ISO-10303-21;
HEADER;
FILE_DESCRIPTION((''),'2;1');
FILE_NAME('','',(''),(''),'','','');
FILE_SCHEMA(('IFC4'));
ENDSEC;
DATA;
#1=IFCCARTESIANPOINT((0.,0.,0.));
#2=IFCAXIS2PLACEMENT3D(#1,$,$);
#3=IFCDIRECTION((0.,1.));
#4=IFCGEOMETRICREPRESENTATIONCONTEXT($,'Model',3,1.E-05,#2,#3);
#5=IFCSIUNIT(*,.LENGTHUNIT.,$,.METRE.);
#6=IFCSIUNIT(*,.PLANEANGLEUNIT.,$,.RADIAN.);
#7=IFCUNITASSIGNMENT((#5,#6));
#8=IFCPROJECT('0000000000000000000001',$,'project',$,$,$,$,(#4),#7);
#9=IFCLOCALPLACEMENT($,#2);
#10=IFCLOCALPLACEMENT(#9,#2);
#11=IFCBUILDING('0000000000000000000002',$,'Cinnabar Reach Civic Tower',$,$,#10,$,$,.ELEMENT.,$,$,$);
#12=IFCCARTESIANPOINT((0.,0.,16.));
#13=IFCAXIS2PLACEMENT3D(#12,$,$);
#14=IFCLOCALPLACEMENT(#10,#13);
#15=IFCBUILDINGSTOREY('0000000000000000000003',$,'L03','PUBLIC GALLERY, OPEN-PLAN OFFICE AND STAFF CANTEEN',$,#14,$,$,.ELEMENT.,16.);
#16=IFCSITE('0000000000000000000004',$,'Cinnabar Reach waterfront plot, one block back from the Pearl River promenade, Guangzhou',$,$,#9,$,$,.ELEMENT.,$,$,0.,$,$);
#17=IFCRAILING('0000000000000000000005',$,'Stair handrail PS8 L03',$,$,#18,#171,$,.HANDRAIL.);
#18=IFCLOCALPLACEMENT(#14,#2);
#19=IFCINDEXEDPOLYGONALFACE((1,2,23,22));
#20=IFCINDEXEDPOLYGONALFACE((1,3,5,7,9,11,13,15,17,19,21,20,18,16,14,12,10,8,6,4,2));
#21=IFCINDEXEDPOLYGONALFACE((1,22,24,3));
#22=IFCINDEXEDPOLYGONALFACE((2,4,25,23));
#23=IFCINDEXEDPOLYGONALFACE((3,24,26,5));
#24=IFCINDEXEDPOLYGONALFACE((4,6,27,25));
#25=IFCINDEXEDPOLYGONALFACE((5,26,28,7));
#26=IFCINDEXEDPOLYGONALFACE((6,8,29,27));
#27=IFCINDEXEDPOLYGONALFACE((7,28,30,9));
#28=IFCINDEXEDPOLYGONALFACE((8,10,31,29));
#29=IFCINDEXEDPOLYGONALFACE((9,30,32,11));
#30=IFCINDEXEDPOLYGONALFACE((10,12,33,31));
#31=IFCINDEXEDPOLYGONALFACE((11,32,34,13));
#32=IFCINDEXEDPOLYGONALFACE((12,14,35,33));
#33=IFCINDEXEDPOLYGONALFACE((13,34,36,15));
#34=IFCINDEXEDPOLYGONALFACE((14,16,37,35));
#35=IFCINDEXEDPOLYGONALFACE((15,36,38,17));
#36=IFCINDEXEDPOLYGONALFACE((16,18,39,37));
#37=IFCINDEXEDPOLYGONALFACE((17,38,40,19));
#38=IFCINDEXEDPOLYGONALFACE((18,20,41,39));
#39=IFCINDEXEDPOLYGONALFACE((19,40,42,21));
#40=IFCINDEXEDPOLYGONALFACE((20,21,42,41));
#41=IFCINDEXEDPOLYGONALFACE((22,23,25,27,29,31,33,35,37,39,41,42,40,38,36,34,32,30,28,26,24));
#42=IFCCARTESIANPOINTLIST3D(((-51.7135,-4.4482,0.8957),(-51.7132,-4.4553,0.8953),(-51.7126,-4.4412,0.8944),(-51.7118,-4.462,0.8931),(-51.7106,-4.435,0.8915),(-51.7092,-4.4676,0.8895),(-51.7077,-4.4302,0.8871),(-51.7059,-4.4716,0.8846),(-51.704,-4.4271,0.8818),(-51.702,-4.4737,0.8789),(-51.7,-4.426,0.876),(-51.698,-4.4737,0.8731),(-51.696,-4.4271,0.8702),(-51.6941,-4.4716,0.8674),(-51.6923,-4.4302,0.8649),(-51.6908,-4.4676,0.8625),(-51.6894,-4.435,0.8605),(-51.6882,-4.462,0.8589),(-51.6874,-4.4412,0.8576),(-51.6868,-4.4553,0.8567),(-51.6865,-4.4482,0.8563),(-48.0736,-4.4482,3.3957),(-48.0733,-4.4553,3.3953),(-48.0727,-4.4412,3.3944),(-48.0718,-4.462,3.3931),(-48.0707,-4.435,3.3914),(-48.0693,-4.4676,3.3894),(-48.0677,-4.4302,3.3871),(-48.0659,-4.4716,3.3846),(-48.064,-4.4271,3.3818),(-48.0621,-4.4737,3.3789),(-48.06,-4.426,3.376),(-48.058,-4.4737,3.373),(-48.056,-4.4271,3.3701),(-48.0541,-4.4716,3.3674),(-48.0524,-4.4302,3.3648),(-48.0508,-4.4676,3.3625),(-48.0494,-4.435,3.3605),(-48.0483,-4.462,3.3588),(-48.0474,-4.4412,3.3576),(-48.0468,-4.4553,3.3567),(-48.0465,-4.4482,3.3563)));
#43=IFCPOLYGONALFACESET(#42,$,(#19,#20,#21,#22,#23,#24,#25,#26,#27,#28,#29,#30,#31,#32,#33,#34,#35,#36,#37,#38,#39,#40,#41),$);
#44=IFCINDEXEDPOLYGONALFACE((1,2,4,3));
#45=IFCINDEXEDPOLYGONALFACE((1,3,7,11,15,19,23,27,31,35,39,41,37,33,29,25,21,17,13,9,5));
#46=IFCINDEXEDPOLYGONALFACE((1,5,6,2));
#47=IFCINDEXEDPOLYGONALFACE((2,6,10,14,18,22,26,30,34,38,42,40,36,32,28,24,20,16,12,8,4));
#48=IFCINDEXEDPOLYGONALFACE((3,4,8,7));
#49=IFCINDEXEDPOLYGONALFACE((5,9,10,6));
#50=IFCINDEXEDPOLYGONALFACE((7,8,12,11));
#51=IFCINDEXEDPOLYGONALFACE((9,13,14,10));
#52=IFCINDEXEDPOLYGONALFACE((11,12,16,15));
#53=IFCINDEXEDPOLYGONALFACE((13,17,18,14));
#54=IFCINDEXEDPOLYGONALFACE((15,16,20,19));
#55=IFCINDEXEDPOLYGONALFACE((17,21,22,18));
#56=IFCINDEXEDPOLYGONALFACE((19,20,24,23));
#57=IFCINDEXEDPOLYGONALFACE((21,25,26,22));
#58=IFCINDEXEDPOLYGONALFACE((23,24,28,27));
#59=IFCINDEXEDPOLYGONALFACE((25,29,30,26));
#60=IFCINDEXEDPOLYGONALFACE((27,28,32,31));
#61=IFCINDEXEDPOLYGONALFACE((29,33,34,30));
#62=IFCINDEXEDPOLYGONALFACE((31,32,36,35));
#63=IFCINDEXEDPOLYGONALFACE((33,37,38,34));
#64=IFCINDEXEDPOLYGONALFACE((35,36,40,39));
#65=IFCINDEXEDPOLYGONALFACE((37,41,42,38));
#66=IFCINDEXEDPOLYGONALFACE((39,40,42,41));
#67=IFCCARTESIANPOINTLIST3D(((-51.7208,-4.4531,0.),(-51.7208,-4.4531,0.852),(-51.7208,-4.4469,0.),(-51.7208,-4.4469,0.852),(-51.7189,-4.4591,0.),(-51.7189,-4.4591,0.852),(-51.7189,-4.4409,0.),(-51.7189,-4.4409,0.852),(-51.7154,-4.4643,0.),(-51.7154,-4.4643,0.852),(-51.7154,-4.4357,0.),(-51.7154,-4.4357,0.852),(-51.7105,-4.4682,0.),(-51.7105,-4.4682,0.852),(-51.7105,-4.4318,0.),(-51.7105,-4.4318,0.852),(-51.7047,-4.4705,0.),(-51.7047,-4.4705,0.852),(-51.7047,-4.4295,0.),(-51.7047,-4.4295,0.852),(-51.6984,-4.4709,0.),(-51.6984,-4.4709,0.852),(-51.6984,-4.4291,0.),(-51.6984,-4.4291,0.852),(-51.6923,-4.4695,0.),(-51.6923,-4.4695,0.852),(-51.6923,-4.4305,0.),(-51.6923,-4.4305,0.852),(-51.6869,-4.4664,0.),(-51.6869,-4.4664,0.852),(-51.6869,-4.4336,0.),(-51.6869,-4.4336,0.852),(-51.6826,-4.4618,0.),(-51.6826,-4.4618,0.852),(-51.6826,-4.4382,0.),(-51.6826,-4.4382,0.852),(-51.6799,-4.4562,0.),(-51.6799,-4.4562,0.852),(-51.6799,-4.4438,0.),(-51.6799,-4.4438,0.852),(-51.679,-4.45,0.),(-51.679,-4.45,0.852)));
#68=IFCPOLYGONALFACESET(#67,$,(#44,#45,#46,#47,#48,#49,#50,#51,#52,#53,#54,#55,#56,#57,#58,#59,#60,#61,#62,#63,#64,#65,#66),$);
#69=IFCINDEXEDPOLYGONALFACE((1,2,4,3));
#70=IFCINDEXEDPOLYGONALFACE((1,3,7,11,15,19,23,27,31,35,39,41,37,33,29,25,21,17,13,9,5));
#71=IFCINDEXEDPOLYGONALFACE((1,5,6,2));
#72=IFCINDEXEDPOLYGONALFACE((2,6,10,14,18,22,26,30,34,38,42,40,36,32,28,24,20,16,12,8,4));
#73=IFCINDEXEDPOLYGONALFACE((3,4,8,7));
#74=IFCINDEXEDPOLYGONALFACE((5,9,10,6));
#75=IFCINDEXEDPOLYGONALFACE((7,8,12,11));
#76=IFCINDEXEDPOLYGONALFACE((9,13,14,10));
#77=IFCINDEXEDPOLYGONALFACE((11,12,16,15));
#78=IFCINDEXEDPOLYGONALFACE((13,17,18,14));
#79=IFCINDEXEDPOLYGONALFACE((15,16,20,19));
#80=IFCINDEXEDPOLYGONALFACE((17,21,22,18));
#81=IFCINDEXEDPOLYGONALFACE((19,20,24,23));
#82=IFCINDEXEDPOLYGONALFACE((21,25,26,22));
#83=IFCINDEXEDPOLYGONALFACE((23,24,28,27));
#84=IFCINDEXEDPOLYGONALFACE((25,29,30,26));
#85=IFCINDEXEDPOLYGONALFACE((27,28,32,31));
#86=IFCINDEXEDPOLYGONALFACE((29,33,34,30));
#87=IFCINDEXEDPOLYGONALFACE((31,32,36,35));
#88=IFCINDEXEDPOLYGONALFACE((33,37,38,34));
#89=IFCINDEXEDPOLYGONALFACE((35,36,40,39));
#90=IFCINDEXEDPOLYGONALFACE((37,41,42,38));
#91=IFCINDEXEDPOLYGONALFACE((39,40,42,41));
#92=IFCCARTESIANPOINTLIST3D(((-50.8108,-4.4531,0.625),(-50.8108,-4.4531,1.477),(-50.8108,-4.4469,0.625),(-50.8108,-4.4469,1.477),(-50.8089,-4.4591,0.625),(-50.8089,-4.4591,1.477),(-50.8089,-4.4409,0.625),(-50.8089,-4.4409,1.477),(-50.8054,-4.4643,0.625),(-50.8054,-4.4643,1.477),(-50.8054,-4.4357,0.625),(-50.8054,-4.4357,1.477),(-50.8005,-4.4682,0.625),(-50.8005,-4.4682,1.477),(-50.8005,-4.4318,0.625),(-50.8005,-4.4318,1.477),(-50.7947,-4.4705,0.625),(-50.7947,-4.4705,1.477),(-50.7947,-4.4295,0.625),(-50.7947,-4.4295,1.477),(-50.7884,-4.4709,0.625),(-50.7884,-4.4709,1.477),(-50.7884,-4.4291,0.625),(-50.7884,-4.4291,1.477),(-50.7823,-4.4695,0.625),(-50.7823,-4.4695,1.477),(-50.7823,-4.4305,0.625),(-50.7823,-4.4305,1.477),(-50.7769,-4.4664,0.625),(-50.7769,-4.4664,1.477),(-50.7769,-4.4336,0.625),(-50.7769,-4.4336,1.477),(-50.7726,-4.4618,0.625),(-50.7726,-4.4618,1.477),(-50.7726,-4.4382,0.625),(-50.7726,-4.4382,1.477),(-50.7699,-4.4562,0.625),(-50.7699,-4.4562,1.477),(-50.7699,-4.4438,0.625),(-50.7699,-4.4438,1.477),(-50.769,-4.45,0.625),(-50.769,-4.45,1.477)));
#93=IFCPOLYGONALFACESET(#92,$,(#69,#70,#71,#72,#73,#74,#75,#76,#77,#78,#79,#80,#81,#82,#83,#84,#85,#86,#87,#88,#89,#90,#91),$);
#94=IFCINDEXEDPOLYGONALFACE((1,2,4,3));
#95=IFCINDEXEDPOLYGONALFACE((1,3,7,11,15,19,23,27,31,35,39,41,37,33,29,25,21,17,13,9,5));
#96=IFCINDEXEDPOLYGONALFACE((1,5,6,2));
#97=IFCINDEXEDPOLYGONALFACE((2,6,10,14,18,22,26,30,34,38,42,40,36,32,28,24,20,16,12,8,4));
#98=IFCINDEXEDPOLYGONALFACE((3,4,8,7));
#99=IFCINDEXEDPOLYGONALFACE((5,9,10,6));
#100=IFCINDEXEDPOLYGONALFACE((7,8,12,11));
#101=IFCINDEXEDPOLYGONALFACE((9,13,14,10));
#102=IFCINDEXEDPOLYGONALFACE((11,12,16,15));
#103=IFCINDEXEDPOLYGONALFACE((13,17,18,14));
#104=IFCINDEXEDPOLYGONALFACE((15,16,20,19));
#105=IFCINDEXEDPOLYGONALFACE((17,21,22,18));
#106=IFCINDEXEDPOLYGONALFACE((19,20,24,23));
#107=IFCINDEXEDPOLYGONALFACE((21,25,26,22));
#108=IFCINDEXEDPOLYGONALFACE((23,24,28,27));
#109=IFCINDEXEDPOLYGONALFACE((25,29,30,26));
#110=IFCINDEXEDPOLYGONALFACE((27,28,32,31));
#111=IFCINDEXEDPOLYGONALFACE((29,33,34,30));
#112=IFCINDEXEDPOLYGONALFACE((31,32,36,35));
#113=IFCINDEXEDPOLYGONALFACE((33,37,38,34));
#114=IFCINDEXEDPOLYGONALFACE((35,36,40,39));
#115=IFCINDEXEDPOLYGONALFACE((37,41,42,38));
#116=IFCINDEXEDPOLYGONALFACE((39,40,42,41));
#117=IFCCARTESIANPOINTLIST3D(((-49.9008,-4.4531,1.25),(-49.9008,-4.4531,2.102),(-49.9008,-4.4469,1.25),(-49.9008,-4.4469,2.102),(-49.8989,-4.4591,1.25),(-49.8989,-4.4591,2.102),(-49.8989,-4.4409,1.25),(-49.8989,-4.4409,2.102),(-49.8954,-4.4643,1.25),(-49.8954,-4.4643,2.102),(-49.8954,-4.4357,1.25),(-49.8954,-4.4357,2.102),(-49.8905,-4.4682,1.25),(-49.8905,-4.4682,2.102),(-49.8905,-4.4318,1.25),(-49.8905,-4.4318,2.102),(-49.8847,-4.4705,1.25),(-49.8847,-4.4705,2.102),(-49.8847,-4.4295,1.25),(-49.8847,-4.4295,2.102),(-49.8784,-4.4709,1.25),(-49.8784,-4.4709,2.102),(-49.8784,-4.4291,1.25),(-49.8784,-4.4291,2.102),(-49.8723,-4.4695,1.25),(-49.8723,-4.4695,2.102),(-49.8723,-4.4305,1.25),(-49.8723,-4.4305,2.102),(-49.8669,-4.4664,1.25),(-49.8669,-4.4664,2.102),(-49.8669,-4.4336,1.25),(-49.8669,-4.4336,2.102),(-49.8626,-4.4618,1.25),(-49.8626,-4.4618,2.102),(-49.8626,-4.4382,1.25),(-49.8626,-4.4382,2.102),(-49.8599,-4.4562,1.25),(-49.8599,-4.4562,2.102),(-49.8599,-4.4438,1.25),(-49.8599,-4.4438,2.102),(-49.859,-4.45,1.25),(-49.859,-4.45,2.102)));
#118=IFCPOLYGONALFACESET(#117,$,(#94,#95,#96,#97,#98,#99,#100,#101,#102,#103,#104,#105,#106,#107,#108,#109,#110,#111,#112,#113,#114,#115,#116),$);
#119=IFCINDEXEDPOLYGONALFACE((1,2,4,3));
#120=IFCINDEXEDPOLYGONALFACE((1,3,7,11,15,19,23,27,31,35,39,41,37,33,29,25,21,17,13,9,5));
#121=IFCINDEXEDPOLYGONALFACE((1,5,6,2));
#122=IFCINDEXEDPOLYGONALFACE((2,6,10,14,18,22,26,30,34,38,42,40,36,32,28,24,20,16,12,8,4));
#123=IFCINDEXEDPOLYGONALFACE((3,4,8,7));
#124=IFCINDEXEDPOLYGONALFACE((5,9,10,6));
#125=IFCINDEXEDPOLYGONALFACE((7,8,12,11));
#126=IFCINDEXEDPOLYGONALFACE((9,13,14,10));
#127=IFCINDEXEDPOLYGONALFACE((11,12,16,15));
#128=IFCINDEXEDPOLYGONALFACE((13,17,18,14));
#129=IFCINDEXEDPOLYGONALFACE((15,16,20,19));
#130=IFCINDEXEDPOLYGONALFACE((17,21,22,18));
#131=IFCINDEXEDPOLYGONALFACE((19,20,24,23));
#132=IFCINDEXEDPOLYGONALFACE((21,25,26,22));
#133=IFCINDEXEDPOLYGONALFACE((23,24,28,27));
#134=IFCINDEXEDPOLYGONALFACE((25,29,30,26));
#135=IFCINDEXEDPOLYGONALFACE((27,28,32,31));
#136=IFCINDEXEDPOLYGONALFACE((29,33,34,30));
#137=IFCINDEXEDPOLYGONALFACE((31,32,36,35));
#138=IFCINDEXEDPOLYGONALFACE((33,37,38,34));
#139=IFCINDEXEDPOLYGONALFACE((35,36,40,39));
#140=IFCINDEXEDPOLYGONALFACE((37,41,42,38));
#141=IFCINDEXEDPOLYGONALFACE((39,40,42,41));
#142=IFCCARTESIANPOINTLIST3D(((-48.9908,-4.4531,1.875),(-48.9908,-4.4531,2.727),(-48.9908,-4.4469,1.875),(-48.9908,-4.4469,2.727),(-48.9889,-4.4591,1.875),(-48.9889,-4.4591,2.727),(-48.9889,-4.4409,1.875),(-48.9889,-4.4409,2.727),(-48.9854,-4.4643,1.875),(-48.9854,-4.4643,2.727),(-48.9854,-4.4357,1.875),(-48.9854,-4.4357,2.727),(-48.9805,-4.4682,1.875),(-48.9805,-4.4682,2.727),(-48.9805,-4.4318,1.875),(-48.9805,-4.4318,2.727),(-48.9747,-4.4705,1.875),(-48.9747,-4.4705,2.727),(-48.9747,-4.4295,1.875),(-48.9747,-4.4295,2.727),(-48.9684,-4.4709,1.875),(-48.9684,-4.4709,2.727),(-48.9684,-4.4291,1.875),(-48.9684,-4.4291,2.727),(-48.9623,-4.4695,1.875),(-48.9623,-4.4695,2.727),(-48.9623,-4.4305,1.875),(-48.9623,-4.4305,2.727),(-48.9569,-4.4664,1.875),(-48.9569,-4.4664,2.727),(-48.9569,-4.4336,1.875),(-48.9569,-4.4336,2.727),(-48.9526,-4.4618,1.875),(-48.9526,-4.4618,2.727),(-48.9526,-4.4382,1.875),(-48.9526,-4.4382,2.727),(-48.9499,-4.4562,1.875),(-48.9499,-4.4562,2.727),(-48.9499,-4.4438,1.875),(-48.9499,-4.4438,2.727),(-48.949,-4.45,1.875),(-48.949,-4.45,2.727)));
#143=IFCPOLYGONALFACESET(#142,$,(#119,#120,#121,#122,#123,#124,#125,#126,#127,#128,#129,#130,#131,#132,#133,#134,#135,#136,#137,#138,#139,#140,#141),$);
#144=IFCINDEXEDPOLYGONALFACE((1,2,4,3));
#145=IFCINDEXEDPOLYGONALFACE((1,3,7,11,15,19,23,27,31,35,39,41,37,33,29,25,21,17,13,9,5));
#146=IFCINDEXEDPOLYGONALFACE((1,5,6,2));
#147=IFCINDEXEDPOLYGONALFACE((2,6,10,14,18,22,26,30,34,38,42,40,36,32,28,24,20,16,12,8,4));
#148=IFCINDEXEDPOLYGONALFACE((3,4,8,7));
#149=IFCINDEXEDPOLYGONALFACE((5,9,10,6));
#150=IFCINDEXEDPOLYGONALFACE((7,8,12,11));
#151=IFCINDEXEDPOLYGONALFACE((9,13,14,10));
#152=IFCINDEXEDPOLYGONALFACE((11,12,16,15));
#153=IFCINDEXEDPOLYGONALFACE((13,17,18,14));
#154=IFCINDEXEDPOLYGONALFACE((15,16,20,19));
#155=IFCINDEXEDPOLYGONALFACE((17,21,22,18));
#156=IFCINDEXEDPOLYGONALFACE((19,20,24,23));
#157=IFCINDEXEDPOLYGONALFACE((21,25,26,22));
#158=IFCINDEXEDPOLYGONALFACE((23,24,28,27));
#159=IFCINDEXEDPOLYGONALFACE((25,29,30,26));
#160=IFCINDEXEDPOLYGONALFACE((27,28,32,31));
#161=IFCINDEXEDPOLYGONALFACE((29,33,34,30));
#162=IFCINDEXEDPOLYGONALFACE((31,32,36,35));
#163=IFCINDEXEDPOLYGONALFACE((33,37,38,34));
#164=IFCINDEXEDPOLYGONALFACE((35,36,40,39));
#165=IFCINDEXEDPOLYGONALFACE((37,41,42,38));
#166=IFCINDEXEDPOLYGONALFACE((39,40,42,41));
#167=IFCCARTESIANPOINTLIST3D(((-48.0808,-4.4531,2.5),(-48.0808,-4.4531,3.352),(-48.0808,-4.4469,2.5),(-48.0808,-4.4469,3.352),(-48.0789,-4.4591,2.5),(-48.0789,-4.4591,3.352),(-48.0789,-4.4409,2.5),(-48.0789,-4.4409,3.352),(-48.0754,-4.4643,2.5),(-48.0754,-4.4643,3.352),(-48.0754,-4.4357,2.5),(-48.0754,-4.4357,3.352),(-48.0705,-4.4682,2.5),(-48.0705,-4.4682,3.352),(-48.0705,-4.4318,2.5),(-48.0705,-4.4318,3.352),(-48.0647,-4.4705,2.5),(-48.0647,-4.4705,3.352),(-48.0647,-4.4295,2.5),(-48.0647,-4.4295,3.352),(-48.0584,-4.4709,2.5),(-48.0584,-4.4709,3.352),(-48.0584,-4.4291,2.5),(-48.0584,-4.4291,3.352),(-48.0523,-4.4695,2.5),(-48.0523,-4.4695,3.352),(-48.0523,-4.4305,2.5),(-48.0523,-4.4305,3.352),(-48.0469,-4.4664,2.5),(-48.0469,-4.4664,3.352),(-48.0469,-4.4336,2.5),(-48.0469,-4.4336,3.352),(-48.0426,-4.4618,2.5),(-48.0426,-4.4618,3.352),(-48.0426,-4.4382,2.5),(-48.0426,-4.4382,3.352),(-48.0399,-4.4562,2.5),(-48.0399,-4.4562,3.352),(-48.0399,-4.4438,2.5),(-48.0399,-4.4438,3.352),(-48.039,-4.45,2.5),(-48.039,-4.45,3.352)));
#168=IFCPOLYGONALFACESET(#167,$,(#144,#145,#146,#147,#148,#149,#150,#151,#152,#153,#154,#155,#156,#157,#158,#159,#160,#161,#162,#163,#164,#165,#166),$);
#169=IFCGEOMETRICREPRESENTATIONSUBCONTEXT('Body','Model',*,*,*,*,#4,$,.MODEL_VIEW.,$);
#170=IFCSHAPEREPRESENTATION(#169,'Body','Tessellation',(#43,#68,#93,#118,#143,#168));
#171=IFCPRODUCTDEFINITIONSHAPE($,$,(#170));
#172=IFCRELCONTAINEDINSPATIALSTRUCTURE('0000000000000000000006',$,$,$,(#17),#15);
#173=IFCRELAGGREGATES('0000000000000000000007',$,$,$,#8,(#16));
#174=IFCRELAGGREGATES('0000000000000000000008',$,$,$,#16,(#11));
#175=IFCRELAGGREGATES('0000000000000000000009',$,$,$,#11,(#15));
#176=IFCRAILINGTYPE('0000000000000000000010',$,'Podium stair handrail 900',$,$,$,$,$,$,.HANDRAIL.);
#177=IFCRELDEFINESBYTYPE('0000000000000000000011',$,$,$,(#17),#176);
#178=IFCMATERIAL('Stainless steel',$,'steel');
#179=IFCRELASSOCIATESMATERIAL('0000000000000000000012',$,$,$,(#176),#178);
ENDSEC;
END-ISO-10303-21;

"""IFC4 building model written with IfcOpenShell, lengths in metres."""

from ifc_helpers import new_model, si_unit, direction, frame, origin, origin_2d, place, context, subcontext, project, spatial, circle, extrude, material, type_object, element, save


model = new_model("IFC4")

# Units and contexts
model_context = context("Model", 3, precision=1e-05, world=origin(), true_north=direction((0.0, 1.0)))
body_context = subcontext(model_context, "Body", "Model", "MODEL_VIEW")
ifc_project = project(units=[si_unit("LENGTHUNIT", "METRE"), si_unit("PLANEANGLEUNIT", "RADIAN")], contexts=[model_context])

# Site, building, storey
site_placement = place(None, origin())
site = spatial("IfcSite", under=ifc_project, at=site_placement, Name="Cinnabar Reach waterfront plot, one block back from the Pearl River promenade, Guangzhou", CompositionType="ELEMENT", RefElevation=0.0)
building_placement = place(site_placement, origin())
building = spatial("IfcBuilding", under=site, at=building_placement, Name="Cinnabar Reach Civic Tower", CompositionType="ELEMENT")
storey_placement = place(building_placement, frame((0.0, 0.0, 16.0)))
storey = spatial("IfcBuildingStorey", under=building, at=storey_placement, Name="L03", Description="PUBLIC GALLERY, OPEN-PLAN OFFICE AND STAFF CANTEEN", CompositionType="ELEMENT", Elevation=16.0)

# Railing
ifc_material_1 = material(Name="Stainless steel", Category="steel")
railing_type_1 = type_object("IfcRailingType", Name="Podium stair handrail 900", PredefinedType="HANDRAIL", material=ifc_material_1)
railing_1_placement = place(storey_placement, frame((-51.7, -4.45, 0.0)))
element("IfcRailing", 1, at=railing_1_placement, inside=storey, type_object=railing_type_1, Name="Stair handrail PS8 L03", PredefinedType="HANDRAIL", context=body_context, shape_type="SweptSolid", body=[
    extrude(circle(Radius=0.024, at=origin_2d()), frame((0.0, 0.0, 0.876), z_axis=(0.824306, 0.0, 0.566144), x_axis=(0.0, 1.0, 0.0)), (0.0, 0.0, 1.0), 4.4158),
    extrude(circle(Radius=0.021, at=origin_2d()), origin(), (0.0, 0.0, 1.0), 0.852),
    extrude(circle(Radius=0.021, at=origin_2d()), frame((0.91, 0.0, 0.625)), (0.0, 0.0, 1.0), 0.852),
    extrude(circle(Radius=0.021, at=origin_2d()), frame((1.82, 0.0, 1.25)), (0.0, 0.0, 1.0), 0.852),
    extrude(circle(Radius=0.021, at=origin_2d()), frame((2.73, 0.0, 1.875)), (0.0, 0.0, 1.0), 0.852),
    extrude(circle(Radius=0.021, at=origin_2d()), frame((3.64, 0.0, 2.5)), (0.0, 0.0, 1.0), 0.852),
])

save(model, "model.ifc")
